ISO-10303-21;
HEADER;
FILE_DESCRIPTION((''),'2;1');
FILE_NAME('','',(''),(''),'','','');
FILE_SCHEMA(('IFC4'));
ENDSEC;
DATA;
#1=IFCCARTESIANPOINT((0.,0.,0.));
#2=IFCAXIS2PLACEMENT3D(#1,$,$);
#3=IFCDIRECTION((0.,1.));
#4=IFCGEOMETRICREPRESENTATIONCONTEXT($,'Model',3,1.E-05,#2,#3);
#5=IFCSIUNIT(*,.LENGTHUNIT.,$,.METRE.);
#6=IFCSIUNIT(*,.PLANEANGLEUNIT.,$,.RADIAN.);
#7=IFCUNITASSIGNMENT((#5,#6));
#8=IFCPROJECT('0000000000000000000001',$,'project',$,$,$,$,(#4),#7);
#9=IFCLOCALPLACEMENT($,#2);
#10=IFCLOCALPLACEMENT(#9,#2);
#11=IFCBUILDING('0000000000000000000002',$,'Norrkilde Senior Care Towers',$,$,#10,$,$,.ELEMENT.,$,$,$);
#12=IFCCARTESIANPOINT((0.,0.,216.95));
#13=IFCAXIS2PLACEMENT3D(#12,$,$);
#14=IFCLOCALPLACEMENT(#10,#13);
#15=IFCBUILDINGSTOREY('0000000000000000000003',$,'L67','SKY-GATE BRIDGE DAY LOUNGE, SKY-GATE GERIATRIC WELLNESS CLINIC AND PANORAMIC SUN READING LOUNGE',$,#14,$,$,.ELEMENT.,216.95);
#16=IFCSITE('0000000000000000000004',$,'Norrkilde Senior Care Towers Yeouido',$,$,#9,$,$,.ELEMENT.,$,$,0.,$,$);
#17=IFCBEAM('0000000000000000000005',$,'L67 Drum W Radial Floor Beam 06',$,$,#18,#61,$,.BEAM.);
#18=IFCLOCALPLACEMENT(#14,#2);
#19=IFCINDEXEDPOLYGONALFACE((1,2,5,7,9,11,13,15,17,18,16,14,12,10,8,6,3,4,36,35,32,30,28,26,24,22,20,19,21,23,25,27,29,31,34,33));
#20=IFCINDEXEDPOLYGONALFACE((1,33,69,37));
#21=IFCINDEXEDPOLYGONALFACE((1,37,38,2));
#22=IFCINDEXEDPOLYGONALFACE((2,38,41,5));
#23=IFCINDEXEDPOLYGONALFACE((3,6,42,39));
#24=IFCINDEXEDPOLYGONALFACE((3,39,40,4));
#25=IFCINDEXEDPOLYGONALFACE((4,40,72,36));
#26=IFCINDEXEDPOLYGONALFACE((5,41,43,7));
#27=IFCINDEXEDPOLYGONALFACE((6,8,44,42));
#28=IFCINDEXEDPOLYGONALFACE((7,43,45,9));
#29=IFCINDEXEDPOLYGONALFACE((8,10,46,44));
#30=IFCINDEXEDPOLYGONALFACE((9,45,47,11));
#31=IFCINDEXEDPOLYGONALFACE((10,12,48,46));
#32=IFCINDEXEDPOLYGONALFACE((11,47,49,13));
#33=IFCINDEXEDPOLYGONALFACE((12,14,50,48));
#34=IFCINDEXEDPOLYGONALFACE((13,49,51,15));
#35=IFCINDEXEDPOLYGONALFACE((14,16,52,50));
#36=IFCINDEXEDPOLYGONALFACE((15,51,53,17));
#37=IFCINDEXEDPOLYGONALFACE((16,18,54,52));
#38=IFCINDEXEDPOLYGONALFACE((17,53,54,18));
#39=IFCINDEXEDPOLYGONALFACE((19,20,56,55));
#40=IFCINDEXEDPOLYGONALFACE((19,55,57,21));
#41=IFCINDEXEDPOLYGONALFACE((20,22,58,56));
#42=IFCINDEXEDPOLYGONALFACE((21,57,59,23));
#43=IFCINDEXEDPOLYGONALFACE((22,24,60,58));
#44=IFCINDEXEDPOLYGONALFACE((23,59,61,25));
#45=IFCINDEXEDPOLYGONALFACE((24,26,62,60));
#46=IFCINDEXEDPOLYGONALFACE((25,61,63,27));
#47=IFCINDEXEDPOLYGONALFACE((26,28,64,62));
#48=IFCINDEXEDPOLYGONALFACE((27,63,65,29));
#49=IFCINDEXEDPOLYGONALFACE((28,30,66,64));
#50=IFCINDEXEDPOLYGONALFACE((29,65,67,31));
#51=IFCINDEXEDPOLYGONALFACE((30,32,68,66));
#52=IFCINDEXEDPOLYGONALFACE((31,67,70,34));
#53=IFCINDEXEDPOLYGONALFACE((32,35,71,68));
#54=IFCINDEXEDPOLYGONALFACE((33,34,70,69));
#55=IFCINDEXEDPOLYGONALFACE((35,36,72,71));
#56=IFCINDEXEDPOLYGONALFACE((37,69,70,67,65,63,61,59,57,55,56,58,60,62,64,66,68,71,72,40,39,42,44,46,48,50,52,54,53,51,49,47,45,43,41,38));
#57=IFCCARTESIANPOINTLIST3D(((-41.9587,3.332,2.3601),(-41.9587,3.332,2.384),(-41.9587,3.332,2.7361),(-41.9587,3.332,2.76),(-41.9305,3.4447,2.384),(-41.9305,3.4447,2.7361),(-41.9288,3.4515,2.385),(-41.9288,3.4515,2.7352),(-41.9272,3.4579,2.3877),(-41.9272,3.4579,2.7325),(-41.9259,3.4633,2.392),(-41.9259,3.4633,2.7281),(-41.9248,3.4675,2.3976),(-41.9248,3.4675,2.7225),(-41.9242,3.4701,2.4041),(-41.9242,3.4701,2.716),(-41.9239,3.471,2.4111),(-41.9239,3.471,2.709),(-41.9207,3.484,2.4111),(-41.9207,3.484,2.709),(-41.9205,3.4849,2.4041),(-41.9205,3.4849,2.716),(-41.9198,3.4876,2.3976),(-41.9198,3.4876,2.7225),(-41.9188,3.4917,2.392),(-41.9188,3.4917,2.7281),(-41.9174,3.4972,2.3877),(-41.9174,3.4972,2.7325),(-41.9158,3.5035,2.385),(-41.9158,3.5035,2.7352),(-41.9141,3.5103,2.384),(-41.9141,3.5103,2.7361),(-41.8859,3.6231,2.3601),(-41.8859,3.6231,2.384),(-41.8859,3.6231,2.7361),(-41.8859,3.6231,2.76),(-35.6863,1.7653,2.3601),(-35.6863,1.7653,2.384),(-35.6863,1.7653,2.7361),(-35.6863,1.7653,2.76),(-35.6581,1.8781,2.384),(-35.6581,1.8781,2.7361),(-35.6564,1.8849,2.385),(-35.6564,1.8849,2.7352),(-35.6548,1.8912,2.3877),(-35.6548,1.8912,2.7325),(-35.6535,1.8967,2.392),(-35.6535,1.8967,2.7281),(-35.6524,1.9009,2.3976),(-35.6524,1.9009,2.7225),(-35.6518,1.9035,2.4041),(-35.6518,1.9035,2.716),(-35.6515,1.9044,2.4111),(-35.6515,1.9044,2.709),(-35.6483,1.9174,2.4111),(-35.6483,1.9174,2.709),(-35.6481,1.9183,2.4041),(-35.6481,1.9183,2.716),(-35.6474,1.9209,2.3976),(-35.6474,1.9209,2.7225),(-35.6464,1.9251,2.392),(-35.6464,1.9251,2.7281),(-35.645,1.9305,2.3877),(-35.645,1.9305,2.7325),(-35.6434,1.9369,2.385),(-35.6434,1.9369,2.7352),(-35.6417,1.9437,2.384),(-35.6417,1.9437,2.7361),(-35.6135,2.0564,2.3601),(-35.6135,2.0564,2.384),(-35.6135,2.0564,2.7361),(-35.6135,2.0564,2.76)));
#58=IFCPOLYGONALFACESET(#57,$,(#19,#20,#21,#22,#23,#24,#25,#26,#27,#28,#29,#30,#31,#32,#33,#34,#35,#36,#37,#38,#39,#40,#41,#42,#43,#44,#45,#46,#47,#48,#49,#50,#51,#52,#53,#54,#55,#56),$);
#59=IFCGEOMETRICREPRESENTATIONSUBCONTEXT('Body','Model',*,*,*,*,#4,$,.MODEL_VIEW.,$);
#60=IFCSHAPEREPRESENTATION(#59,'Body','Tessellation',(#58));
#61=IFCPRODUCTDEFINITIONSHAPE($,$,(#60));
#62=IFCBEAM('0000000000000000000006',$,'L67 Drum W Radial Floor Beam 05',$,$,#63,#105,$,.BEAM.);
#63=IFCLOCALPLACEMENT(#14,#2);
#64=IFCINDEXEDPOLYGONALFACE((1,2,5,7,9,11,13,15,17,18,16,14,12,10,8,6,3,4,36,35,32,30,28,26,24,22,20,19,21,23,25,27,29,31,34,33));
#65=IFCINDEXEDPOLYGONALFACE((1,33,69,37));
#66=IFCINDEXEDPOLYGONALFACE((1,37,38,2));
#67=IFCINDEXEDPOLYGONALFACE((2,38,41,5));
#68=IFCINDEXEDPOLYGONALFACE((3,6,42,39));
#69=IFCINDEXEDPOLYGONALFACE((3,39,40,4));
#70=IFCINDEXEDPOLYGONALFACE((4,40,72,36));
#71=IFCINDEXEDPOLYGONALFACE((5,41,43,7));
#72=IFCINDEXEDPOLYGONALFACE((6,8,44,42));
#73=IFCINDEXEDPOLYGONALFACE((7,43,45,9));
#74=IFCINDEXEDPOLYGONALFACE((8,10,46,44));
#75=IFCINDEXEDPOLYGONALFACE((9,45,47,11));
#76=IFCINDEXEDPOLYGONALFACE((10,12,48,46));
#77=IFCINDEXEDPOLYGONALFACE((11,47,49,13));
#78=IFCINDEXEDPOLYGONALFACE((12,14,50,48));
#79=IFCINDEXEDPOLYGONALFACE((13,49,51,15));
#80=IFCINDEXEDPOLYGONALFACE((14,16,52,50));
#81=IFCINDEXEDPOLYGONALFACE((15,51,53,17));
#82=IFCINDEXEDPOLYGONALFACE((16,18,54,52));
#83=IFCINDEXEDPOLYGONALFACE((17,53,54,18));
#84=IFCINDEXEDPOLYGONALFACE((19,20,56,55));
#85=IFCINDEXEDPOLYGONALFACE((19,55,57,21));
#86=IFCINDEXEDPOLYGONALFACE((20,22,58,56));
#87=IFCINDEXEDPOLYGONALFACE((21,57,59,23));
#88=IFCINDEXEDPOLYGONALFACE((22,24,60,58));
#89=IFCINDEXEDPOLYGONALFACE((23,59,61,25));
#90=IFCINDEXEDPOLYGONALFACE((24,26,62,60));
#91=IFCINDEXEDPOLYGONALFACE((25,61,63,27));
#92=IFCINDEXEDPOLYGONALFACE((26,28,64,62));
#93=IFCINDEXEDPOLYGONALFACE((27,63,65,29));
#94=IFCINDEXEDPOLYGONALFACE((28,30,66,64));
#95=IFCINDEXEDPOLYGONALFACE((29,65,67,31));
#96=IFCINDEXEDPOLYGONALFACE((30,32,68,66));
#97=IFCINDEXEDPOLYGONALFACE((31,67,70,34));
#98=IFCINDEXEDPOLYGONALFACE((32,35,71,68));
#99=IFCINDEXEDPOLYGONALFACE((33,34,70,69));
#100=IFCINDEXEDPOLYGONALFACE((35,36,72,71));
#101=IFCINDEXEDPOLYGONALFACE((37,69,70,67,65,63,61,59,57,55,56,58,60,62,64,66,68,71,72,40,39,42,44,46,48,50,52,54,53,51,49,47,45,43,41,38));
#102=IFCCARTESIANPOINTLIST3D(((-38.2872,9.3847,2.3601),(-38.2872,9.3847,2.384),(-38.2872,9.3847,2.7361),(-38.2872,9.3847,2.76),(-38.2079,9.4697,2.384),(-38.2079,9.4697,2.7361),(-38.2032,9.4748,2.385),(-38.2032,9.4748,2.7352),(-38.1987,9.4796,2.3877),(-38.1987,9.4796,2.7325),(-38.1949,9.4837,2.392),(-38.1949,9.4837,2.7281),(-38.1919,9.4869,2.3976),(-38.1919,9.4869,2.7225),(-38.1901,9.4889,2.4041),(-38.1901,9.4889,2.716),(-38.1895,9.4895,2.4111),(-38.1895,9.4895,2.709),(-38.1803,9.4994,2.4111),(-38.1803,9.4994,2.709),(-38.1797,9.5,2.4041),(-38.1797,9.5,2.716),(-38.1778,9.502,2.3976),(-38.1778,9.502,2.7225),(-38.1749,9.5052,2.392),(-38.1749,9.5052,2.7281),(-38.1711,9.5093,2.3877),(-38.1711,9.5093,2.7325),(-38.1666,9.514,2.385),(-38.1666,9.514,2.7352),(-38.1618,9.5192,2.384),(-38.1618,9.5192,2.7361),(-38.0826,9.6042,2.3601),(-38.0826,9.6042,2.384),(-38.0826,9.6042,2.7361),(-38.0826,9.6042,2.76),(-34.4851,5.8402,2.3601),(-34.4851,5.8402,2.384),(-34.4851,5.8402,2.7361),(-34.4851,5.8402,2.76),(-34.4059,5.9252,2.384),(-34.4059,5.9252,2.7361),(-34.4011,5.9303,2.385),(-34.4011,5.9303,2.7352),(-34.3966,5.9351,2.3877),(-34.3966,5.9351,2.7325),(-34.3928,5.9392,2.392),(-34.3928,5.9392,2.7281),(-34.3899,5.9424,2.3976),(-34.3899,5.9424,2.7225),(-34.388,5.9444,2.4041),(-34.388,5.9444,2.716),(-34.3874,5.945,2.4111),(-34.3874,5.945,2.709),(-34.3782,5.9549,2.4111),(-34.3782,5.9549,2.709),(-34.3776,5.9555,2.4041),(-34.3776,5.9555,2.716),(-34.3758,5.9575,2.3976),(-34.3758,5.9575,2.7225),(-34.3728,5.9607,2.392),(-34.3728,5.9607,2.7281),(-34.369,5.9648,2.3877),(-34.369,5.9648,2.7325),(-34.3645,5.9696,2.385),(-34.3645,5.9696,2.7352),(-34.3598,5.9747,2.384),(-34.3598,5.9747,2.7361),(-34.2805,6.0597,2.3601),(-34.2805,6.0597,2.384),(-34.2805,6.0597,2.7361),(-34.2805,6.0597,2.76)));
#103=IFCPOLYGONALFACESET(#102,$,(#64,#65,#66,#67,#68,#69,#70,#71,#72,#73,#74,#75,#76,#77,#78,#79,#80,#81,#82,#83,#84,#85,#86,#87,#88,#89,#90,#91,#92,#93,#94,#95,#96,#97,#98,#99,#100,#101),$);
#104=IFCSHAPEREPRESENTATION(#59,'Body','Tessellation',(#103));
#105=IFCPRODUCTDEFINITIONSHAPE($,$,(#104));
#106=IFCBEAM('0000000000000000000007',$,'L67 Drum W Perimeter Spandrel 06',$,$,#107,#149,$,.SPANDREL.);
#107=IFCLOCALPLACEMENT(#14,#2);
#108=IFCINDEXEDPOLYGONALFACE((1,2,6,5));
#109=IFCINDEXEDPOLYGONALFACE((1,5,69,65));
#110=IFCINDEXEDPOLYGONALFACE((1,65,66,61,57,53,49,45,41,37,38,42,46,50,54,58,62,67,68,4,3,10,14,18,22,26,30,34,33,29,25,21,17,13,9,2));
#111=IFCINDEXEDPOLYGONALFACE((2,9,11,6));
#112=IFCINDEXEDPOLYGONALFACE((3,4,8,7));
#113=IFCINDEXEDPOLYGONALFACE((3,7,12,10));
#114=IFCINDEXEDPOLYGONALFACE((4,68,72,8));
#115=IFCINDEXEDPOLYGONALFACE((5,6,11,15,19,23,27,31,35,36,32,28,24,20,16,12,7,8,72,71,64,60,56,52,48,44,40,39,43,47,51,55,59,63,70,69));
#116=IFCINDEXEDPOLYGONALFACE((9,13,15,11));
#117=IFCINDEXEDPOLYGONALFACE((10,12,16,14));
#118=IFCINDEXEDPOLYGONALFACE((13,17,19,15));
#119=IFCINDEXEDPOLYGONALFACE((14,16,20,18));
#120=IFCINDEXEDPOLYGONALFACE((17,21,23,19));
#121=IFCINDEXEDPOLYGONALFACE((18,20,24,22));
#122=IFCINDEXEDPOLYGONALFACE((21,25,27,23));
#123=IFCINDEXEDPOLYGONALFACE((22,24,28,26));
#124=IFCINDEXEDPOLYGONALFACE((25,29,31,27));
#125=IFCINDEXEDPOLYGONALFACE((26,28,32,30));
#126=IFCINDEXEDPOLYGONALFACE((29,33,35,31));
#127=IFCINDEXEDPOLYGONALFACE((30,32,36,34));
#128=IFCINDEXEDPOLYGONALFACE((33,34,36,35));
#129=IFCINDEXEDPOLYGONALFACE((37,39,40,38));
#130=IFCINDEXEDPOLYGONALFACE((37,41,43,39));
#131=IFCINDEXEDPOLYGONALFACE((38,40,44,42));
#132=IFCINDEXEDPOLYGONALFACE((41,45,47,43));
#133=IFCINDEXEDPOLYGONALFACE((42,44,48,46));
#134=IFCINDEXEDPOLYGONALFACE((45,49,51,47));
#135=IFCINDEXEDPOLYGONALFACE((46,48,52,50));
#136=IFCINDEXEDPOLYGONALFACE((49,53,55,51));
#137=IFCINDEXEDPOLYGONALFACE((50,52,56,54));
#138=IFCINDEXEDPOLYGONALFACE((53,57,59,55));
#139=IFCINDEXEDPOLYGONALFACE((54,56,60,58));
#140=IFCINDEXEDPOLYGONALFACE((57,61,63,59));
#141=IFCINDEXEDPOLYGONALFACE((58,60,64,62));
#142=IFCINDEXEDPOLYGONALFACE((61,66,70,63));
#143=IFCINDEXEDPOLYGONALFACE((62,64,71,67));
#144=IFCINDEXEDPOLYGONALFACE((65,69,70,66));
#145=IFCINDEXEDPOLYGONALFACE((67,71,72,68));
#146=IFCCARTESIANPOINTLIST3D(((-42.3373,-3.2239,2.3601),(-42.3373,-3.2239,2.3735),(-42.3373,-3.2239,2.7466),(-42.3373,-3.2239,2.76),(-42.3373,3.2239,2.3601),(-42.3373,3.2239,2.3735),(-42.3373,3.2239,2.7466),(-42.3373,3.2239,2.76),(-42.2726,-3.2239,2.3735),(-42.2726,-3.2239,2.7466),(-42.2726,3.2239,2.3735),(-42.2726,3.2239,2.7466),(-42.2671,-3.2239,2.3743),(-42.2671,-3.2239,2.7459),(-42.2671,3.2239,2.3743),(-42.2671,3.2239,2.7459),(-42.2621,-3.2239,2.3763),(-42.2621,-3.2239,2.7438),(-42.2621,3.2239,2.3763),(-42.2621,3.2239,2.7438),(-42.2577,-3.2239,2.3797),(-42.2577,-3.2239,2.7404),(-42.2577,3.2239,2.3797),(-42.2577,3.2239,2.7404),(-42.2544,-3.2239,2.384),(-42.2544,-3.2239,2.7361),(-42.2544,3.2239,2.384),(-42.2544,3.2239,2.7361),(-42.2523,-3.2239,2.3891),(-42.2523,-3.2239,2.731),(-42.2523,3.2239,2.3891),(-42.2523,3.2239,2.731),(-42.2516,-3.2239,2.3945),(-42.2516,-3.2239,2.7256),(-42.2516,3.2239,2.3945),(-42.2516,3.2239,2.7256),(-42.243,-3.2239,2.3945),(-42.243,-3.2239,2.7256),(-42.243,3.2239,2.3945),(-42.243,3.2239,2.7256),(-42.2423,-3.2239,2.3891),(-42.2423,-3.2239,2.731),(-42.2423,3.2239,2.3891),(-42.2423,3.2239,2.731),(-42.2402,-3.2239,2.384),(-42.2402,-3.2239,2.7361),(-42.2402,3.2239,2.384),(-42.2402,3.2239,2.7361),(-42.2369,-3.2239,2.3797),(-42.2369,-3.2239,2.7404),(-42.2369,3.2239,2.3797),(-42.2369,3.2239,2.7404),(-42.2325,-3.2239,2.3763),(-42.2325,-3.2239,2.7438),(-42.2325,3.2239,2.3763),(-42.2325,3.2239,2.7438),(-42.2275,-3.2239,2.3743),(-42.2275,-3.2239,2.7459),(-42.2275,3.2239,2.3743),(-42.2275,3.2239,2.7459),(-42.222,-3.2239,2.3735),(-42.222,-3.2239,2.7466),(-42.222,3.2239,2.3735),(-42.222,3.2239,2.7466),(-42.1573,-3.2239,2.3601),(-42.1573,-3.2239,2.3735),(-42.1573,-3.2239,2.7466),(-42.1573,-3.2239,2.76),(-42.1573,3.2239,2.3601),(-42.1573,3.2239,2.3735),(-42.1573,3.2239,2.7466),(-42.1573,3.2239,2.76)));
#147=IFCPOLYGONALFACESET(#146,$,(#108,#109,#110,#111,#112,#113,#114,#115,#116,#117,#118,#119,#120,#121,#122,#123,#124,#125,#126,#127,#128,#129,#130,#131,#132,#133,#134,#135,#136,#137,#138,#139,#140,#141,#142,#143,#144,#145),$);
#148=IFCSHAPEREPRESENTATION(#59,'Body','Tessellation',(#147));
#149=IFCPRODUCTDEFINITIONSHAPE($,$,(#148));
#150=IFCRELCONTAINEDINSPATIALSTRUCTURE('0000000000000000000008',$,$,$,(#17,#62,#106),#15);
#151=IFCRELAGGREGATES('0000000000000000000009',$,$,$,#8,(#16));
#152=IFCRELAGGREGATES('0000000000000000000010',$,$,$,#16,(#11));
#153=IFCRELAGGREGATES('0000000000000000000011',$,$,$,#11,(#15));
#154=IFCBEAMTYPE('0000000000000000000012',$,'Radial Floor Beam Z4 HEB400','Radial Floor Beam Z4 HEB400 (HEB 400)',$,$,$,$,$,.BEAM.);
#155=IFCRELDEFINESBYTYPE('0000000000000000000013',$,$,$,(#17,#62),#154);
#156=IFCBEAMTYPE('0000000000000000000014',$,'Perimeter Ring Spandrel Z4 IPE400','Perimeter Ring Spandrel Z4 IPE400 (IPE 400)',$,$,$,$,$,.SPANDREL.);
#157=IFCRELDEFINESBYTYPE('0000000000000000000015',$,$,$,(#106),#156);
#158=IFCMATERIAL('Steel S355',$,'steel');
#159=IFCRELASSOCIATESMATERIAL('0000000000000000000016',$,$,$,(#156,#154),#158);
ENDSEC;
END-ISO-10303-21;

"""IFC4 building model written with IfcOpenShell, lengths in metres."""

from ifc_helpers import new_model, si_unit, direction, frame, origin, origin_2d, place, context, subcontext, project, spatial, i_section, extrude, source, transform, mapped, material, material_profile, profile_set, type_object, type_shapes, element, save


model = new_model("IFC4")

# Units and contexts
model_context = context("Model", 3, precision=1e-05, world=origin(), true_north=direction((0.0, 1.0)))
body_context = subcontext(model_context, "Body", "Model", "MODEL_VIEW")
ifc_project = project(units=[si_unit("LENGTHUNIT", "METRE"), si_unit("PLANEANGLEUNIT", "RADIAN")], contexts=[model_context])

# Site, building, storey
site_placement = place(None, origin())
site = spatial("IfcSite", under=ifc_project, at=site_placement, Name="Norrkilde Senior Care Towers Yeouido", CompositionType="ELEMENT", RefElevation=0.0)
building_placement = place(site_placement, origin())
building = spatial("IfcBuilding", under=site, at=building_placement, Name="Norrkilde Senior Care Towers", CompositionType="ELEMENT")
storey_placement = place(building_placement, frame((0.0, 0.0, 216.95)))
storey = spatial("IfcBuildingStorey", under=building, at=storey_placement, Name="L67", Description="SKY-GATE BRIDGE DAY LOUNGE, SKY-GATE GERIATRIC WELLNESS CLINIC AND PANORAMIC SUN READING LOUNGE", CompositionType="ELEMENT", Elevation=216.95)

# Beams
ifc_material_1 = material(Name="Steel S355", Category="steel")
ifc_material_profile_1 = material_profile(ifc_material_1, i_section(OverallWidth=0.1799, OverallDepth=0.3999, WebThickness=0.0085, FlangeThickness=0.0134, FilletRadius=0.021, at=origin_2d()), Name="IPE 400")
ifc_profile_set_1 = profile_set([ifc_material_profile_1], Name="Steel S355")
beam_type_1 = type_object("IfcBeamType", Name="Perimeter Ring Spandrel Z4 IPE400", Description="Perimeter Ring Spandrel Z4 IPE400 (IPE 400)", PredefinedType="SPANDREL", material=ifc_profile_set_1)
ifc_material_profile_2 = material_profile(ifc_material_1, i_section(OverallWidth=0.3, OverallDepth=0.3999, WebThickness=0.0134, FlangeThickness=0.0239, FilletRadius=0.0271, at=origin_2d()), Name="HEB 400")
ifc_profile_set_2 = profile_set([ifc_material_profile_2], Name="Steel S355")
beam_type_2 = type_object("IfcBeamType", Name="Radial Floor Beam Z4 HEB400", Description="Radial Floor Beam Z4 HEB400 (HEB 400)", PredefinedType="BEAM", material=ifc_profile_set_2)
shared_shape_1 = source(origin(), body_context, "Body", "SweptSolid", [
    extrude(i_section(OverallWidth=0.3, OverallDepth=0.3999, WebThickness=0.0134, FlangeThickness=0.0239, FilletRadius=0.0271, at=origin_2d()), origin(), (0.0, 0.0, 1.0), 6.4651),
])
beam_1_placement = place(storey_placement, frame((-35.6499, 1.9109, 2.5601), z_axis=(-0.970196, 0.242322, 0.0), x_axis=(-0.242322, -0.970196, 0.0)))
element("IfcBeam", 1, at=beam_1_placement, inside=storey, type_object=beam_type_2, Name="L67 Drum W Radial Floor Beam 06", PredefinedType="BEAM", context=body_context, shape_type="MappedRepresentation", body=[
    mapped(shared_shape_1, transform((0.0, 0.0, 0.0), x_axis=(1.0, 0.0, 0.0), y_axis=(0.0, 1.0, 0.0), z_axis=(0.0, 0.0, 1.0), scale=1.0)),
])
shared_shape_2 = source(origin(), body_context, "Body", "SweptSolid", [
    extrude(i_section(OverallWidth=0.3, OverallDepth=0.3999, WebThickness=0.0134, FlangeThickness=0.0239, FilletRadius=0.0271, at=origin_2d()), origin(), (0.0, 0.0, 1.0), 5.198),
])
type_shapes(beam_type_2, [shared_shape_1, shared_shape_2])
beam_2_placement = place(storey_placement, frame((-34.3828, 5.95, 2.5601), z_axis=(-0.731449, 0.681896, 0.0), x_axis=(-0.681896, -0.731449, 0.0)))
element("IfcBeam", 2, at=beam_2_placement, inside=storey, type_object=beam_type_2, Name="L67 Drum W Radial Floor Beam 05", PredefinedType="BEAM", context=body_context, shape_type="MappedRepresentation", body=[
    mapped(shared_shape_2, transform((0.0, 0.0, 0.0), x_axis=(1.0, 0.0, 0.0), y_axis=(0.0, 1.0, 0.0), z_axis=(0.0, 0.0, 1.0), scale=1.0)),
])
shared_shape_3 = source(origin(), body_context, "Body", "SweptSolid", [
    extrude(i_section(OverallWidth=0.1799, OverallDepth=0.3999, WebThickness=0.0085, FlangeThickness=0.0134, FilletRadius=0.021, at=origin_2d()), origin(), (0.0, 0.0, 1.0), 6.4478),
])
beam_3_placement = place(storey_placement, frame((-42.2473, 3.2239, 2.5601), z_axis=(0.0, -1.0, 0.0), x_axis=(1.0, 0.0, 0.0)))
element("IfcBeam", 3, at=beam_3_placement, inside=storey, type_object=beam_type_1, Name="L67 Drum W Perimeter Spandrel 06", PredefinedType="SPANDREL", context=body_context, shape_type="MappedRepresentation", body=[
    mapped(shared_shape_3, transform((0.0, 0.0, 0.0), x_axis=(1.0, 0.0, 0.0), y_axis=(0.0, 1.0, 0.0), z_axis=(0.0, 0.0, 1.0), scale=1.0)),
])

save(model, "model.ifc")
